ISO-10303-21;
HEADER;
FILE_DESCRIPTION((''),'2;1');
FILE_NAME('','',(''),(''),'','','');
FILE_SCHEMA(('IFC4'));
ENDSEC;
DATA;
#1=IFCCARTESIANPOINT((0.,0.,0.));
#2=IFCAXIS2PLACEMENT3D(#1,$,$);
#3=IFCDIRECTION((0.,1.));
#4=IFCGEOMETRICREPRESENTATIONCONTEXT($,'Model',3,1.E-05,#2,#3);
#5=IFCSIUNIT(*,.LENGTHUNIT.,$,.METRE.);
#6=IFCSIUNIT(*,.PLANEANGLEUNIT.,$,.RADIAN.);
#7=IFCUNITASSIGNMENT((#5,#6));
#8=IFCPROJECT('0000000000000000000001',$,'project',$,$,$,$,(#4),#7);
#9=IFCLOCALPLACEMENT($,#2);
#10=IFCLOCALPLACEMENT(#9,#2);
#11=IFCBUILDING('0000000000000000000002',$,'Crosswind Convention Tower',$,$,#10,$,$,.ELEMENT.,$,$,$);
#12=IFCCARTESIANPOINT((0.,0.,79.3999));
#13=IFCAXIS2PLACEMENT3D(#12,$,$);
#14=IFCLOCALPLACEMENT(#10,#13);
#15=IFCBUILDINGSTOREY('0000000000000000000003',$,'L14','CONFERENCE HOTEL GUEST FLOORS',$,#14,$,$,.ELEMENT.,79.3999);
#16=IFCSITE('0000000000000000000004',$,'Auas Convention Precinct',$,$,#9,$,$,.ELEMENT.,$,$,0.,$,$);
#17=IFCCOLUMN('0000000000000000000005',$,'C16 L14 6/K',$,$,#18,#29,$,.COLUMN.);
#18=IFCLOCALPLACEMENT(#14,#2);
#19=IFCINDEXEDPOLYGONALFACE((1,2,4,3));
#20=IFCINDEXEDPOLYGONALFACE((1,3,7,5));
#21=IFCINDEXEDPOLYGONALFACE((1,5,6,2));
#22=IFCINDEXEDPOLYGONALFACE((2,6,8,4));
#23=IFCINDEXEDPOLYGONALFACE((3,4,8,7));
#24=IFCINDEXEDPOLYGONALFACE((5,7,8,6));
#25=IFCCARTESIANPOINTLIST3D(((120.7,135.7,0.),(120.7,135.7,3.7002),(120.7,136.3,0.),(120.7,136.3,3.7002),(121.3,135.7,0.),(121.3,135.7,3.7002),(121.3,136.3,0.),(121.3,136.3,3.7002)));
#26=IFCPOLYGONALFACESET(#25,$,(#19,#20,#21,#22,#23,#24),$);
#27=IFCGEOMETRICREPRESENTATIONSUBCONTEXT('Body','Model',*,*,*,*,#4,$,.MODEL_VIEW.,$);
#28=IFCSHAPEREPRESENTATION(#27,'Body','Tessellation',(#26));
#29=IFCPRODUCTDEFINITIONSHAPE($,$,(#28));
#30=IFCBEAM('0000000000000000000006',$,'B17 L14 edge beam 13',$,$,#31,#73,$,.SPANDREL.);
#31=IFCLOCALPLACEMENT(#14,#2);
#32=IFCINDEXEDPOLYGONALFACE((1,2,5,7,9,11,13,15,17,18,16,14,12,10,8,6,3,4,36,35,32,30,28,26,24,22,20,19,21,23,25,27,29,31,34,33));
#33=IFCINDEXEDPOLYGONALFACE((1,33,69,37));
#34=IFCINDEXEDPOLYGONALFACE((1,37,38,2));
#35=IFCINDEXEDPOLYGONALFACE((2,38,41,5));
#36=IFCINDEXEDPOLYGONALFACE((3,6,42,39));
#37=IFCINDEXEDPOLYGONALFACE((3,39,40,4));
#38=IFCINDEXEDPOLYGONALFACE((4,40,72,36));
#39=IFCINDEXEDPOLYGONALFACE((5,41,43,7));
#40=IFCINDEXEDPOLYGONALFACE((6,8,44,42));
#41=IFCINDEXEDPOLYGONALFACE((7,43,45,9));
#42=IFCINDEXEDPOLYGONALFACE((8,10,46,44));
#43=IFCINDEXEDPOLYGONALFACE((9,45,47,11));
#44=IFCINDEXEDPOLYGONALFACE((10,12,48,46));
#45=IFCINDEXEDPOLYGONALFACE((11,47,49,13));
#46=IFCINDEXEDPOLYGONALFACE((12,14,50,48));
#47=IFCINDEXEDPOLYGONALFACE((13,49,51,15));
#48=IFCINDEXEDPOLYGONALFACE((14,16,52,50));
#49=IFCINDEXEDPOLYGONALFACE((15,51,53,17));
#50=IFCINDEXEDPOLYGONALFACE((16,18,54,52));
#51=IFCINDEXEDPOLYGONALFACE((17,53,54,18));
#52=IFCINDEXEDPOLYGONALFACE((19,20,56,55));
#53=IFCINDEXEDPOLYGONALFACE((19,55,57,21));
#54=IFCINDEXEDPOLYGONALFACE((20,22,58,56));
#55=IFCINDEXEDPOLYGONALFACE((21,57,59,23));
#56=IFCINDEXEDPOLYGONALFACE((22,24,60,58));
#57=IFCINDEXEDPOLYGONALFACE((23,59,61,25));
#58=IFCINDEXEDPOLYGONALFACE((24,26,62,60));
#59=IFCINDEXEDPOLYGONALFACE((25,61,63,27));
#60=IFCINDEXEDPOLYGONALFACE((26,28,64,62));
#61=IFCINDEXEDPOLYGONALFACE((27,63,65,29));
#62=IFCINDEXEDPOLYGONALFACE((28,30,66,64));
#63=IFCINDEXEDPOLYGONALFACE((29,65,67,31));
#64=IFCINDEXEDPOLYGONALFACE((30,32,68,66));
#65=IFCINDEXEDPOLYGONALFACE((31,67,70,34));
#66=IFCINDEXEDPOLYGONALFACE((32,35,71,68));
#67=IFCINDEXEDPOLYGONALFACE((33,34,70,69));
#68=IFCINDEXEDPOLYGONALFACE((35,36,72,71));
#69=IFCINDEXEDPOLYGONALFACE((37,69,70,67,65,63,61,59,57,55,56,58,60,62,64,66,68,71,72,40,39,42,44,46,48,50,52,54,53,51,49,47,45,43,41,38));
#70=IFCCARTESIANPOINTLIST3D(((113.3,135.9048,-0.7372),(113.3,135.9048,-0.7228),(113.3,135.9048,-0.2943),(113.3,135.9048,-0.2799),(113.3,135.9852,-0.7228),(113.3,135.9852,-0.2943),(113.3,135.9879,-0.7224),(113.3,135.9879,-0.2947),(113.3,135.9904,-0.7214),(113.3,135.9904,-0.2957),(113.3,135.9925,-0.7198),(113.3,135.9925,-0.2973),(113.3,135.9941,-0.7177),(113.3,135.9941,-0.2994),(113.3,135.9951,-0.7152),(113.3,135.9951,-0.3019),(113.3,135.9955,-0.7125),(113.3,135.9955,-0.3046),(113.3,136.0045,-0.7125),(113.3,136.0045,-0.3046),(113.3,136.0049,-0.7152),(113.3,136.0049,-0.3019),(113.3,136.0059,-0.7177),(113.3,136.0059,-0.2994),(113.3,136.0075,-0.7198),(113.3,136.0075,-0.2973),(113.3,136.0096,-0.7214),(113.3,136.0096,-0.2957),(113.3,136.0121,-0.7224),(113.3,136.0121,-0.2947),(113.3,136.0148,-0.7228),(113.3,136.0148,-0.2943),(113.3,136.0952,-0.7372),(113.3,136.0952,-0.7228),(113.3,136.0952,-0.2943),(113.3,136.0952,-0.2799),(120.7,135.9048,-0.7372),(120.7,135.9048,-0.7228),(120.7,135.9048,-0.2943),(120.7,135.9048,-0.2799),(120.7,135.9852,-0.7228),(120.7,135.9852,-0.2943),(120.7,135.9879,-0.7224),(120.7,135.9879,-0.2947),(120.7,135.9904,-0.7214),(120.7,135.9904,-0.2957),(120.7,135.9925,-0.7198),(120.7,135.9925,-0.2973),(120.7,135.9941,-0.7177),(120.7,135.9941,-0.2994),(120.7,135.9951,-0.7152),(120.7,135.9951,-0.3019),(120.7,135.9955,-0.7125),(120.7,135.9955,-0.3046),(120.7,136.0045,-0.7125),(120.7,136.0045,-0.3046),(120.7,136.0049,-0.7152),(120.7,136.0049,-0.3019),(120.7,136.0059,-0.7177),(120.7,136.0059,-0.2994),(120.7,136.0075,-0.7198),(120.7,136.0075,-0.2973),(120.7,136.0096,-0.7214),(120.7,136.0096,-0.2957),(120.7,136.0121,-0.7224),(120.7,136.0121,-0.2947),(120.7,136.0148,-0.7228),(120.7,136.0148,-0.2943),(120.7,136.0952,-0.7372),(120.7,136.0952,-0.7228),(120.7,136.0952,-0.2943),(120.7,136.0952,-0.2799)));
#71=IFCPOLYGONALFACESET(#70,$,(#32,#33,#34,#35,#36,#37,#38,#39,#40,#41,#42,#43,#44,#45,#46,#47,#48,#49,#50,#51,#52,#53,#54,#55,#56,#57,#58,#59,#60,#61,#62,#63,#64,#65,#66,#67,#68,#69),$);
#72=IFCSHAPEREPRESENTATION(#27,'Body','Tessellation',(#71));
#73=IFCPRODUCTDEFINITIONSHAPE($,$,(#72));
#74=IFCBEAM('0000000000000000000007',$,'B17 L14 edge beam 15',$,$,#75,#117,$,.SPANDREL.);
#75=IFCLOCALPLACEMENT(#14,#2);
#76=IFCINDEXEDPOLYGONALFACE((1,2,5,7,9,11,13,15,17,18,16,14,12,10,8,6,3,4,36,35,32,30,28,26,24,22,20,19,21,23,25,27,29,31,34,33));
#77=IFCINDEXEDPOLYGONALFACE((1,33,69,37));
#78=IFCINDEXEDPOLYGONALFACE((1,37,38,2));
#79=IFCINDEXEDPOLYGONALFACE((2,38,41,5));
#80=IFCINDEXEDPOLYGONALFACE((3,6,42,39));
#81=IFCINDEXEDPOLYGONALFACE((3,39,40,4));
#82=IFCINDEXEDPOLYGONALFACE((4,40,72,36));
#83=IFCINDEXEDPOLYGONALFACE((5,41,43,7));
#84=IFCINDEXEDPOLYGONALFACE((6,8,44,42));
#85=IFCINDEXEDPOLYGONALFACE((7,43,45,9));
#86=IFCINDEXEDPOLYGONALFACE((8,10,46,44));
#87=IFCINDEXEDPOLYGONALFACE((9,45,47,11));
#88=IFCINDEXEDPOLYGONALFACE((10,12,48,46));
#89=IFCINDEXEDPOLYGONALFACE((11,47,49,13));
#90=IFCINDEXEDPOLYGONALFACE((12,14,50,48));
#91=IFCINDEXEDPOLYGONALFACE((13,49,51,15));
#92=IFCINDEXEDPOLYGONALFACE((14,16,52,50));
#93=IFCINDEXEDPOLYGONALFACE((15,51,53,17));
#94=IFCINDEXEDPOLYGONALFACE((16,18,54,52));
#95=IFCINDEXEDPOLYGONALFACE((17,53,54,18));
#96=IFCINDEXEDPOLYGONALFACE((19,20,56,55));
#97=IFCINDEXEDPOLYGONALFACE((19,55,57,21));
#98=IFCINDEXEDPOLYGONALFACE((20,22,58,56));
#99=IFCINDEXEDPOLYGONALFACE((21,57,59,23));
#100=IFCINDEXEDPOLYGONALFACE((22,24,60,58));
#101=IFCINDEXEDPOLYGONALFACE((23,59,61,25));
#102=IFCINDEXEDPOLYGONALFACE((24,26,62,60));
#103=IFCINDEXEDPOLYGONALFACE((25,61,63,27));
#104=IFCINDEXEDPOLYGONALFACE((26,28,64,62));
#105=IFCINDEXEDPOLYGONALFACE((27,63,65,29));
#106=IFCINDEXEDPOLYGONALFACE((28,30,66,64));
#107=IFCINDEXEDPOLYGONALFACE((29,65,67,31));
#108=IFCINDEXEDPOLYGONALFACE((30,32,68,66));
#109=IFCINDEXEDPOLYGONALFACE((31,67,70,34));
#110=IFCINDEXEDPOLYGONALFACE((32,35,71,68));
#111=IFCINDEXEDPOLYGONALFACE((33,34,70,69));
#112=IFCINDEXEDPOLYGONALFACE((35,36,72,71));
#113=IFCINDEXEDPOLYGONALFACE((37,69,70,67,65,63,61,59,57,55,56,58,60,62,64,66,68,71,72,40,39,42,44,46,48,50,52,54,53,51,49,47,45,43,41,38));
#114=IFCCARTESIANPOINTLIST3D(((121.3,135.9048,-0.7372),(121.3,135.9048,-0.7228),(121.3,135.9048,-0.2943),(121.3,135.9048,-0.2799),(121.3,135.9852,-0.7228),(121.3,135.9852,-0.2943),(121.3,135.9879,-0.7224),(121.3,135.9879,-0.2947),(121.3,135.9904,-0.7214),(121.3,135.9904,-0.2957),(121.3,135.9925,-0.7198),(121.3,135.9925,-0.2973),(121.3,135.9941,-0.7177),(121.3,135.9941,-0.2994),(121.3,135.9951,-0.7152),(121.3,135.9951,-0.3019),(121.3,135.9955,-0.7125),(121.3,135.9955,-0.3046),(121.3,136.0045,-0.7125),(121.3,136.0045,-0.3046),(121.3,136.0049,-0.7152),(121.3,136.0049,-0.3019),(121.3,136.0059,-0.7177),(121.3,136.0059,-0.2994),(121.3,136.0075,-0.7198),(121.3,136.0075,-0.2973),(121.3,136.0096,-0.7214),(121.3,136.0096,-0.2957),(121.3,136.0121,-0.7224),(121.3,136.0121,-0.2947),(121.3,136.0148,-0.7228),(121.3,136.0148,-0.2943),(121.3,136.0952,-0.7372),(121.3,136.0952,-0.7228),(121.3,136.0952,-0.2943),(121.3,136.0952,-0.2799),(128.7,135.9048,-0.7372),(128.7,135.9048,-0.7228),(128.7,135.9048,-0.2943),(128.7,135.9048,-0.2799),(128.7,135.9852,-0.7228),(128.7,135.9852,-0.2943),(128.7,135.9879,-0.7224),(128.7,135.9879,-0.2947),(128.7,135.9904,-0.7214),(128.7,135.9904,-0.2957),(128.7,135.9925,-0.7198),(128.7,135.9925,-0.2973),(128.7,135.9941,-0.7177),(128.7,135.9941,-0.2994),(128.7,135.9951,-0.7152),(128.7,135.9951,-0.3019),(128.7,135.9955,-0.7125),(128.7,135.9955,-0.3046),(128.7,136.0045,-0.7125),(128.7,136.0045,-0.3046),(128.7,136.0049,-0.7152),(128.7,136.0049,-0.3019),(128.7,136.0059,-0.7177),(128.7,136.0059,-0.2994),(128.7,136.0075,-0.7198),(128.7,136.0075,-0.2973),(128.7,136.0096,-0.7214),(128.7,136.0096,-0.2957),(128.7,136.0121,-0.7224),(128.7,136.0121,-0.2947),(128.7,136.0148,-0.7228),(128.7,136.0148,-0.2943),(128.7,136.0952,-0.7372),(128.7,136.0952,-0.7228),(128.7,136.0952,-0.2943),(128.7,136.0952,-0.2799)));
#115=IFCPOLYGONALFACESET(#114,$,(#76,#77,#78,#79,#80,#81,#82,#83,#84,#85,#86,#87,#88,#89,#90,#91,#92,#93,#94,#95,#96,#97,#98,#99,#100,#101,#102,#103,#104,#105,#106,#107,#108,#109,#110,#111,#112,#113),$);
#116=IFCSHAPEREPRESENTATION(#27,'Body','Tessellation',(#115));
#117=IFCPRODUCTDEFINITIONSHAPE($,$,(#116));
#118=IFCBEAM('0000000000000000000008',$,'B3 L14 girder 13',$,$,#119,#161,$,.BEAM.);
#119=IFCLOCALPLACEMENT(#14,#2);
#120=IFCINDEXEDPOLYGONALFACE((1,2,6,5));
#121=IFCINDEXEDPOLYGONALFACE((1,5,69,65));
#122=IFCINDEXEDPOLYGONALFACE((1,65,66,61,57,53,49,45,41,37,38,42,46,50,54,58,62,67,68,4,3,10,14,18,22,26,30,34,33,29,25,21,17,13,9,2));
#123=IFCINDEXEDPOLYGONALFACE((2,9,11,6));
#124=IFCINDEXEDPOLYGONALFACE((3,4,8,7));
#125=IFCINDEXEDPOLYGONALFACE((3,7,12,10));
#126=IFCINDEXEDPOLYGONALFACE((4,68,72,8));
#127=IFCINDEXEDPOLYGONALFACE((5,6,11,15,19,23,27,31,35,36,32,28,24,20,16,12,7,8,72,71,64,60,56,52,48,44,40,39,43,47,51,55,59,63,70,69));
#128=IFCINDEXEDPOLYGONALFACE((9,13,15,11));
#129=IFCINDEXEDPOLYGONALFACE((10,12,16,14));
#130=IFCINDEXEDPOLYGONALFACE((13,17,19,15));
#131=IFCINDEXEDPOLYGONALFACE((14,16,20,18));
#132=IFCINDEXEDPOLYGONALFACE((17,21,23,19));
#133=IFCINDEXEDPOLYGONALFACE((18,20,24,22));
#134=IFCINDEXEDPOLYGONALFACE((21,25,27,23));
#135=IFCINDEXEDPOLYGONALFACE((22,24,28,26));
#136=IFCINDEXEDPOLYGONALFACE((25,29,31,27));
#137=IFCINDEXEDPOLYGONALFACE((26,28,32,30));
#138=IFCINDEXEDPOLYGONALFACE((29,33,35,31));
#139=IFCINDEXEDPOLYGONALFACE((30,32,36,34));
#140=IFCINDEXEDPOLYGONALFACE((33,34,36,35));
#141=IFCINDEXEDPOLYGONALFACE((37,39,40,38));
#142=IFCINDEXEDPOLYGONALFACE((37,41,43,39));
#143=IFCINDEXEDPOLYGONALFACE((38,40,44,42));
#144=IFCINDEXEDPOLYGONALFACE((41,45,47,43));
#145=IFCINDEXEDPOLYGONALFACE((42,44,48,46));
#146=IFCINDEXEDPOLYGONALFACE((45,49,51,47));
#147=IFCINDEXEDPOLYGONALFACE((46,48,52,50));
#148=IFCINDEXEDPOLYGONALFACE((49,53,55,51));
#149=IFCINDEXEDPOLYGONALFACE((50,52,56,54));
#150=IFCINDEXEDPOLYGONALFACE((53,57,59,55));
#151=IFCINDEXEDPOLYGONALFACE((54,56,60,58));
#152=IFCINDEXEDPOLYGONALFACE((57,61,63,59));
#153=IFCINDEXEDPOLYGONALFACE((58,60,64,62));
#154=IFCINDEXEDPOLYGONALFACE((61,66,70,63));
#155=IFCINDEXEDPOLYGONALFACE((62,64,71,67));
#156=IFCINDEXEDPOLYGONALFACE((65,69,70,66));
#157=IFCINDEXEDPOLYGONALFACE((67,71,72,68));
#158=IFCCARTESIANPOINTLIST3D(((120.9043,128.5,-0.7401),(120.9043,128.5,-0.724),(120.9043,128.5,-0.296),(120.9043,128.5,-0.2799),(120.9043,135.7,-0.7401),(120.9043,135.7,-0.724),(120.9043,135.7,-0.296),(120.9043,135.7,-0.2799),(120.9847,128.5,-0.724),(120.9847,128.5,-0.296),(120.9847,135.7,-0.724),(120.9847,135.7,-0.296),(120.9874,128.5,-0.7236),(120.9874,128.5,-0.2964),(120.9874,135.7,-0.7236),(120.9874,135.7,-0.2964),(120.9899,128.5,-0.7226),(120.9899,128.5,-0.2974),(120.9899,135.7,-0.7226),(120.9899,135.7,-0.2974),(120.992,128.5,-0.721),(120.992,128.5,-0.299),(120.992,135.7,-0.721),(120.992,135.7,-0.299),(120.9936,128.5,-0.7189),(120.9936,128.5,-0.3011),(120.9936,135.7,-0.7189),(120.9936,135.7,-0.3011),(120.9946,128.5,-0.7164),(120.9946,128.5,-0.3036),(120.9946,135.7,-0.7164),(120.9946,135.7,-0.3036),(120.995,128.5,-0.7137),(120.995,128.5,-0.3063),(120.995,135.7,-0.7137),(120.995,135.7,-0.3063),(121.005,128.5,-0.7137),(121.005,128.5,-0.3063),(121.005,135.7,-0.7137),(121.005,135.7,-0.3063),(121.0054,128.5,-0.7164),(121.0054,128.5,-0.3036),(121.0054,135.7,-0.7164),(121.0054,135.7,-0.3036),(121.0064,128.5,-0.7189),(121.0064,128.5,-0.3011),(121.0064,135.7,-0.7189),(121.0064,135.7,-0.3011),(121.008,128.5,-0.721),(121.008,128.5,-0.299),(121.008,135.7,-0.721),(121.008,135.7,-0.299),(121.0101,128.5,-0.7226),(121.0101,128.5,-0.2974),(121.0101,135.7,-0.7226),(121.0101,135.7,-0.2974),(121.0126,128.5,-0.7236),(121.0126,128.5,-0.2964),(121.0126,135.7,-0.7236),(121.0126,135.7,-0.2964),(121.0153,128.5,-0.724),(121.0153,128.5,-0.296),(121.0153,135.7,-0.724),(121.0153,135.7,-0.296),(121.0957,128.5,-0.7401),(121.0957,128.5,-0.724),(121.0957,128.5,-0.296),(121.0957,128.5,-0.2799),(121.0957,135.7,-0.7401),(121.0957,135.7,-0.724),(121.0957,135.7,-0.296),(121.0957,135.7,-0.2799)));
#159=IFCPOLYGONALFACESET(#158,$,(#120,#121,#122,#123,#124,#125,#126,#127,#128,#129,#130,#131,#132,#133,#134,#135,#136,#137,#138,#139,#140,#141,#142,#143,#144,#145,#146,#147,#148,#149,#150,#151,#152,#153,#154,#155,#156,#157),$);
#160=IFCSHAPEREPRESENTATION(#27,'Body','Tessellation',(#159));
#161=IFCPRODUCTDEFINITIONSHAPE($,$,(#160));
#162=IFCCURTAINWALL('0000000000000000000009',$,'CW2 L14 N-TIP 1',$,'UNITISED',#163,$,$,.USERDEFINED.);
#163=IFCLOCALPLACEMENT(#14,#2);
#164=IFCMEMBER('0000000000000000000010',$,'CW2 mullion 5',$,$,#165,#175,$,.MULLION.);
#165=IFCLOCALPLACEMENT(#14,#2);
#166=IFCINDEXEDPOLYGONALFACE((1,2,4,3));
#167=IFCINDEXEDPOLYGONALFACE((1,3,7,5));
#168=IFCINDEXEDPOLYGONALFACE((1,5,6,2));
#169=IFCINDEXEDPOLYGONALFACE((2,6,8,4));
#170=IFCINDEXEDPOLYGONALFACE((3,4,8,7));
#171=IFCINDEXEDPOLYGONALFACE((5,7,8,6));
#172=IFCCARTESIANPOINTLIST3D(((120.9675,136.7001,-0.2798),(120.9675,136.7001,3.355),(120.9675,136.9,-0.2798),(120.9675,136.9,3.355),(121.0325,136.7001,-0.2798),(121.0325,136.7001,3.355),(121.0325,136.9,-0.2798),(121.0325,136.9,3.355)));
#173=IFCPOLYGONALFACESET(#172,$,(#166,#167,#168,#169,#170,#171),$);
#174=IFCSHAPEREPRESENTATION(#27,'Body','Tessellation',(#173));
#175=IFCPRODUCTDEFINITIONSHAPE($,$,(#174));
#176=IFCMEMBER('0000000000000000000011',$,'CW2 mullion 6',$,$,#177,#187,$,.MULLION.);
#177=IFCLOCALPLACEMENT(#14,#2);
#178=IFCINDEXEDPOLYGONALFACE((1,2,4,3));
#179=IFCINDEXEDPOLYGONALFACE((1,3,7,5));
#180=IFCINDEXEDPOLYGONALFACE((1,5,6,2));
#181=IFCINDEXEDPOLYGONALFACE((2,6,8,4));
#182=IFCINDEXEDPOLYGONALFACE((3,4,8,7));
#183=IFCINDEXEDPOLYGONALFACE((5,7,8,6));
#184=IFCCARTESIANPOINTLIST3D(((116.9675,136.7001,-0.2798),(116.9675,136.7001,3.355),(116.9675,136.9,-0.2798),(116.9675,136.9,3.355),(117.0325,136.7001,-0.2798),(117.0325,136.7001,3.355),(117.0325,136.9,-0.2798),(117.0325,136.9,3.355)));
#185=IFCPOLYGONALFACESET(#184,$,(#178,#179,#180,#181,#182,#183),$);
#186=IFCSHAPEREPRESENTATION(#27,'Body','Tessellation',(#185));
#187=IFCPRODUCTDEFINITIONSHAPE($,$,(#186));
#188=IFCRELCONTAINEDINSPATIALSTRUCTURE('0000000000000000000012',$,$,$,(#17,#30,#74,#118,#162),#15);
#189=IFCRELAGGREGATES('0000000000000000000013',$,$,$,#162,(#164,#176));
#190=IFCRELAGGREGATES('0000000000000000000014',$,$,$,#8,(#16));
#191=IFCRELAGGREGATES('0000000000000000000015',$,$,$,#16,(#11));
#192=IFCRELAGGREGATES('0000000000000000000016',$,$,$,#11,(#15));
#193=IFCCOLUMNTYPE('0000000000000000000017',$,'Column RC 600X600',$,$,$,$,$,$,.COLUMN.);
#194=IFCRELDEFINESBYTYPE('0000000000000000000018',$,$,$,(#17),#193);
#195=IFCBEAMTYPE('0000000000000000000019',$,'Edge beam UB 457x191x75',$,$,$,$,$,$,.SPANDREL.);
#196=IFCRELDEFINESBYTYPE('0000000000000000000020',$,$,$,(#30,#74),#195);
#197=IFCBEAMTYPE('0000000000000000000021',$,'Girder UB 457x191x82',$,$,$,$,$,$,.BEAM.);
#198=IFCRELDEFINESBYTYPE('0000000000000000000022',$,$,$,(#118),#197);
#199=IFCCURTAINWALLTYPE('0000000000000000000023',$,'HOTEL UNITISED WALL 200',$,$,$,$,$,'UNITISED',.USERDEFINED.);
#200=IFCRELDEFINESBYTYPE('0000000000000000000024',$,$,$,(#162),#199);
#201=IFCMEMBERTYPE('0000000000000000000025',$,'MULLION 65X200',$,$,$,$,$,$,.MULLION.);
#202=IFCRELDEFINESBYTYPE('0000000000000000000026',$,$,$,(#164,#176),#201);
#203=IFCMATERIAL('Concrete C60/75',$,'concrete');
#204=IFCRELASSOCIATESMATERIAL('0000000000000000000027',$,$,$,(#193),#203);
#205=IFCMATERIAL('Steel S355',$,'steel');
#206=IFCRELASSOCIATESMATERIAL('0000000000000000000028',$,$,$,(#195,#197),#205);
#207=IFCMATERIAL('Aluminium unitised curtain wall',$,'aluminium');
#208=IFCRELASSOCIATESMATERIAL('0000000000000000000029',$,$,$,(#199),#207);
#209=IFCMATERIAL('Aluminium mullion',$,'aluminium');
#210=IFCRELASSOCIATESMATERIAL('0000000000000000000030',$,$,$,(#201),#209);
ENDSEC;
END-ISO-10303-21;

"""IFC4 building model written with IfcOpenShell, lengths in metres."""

from ifc_helpers import new_model, si_unit, direction, frame, origin, origin_2d, place, context, subcontext, project, spatial, rectangle, i_section, extrude, material, material_profile, profile_set, type_object, element, aggregate, save


model = new_model("IFC4")

# Units and contexts
model_context = context("Model", 3, precision=1e-05, world=origin(), true_north=direction((0.0, 1.0)))
body_context = subcontext(model_context, "Body", "Model", "MODEL_VIEW")
ifc_project = project(units=[si_unit("LENGTHUNIT", "METRE"), si_unit("PLANEANGLEUNIT", "RADIAN")], contexts=[model_context])

# Site, building, storey
site_placement = place(None, origin())
site = spatial("IfcSite", under=ifc_project, at=site_placement, Name="Auas Convention Precinct", CompositionType="ELEMENT", RefElevation=0.0)
building_placement = place(site_placement, origin())
building = spatial("IfcBuilding", under=site, at=building_placement, Name="Crosswind Convention Tower", CompositionType="ELEMENT")
storey_placement = place(building_placement, frame((0.0, 0.0, 79.3999)))
storey = spatial("IfcBuildingStorey", under=building, at=storey_placement, Name="L14", Description="CONFERENCE HOTEL GUEST FLOORS", CompositionType="ELEMENT", Elevation=79.3999)

# Column
ifc_material_1 = material(Name="Concrete C60/75", Category="concrete")
ifc_material_profile_1 = material_profile(ifc_material_1, rectangle(XDim=0.6001, YDim=0.6001, at=origin_2d()), Name="RC 600X600")
ifc_profile_set_1 = profile_set([ifc_material_profile_1], Name="Concrete C60/75")
column_type = type_object("IfcColumnType", Name="Column RC 600X600", PredefinedType="COLUMN", material=ifc_profile_set_1)
column_placement = place(storey_placement, frame((121.0, 136.0, 0.0), z_axis=(0.0, 0.0, 1.0), x_axis=(1.0, 0.0, 0.0)))
element("IfcColumn", 1, at=column_placement, inside=storey, type_object=column_type, Name="C16 L14 6/K", PredefinedType="COLUMN", context=body_context, shape_type="SweptSolid", body=[
    extrude(rectangle(XDim=0.6001, YDim=0.6001, at=origin_2d()), origin(), (0.0, 0.0, 1.0), 3.7002),
])

# Beams
ifc_material_2 = material(Name="Steel S355", Category="steel")
ifc_material_profile_2 = material_profile(ifc_material_2, i_section(OverallWidth=0.1904, OverallDepth=0.4573, WebThickness=0.009, FlangeThickness=0.0144, FilletRadius=0.0103, at=origin_2d()), Name="UB 457x191x75")
ifc_profile_set_2 = profile_set([ifc_material_profile_2], Name="Steel S355")
beam_type_1 = type_object("IfcBeamType", Name="Edge beam UB 457x191x75", PredefinedType="SPANDREL", material=ifc_profile_set_2)
for number, where, z_axis, x_axis, name in (
    (2, (113.3, 136.0, -0.5085), (1.0, 0.0, 0.0), (0.0, 1.0, 0.0), "B17 L14 edge beam 13"),
    (3, (121.3, 136.0, -0.5085), (1.0, 0.0, 0.0), (0.0, 1.0, 0.0), "B17 L14 edge beam 15"),
):
    element("IfcBeam", number, at=place(storey_placement, frame(where, z_axis=z_axis, x_axis=x_axis)), inside=storey, type_object=beam_type_1, Name=name, PredefinedType="SPANDREL", context=body_context, shape_type="SweptSolid", body=[
        extrude(i_section(OverallWidth=0.1904, OverallDepth=0.4573, WebThickness=0.009, FlangeThickness=0.0144, FilletRadius=0.0103, at=origin_2d()), origin(), (0.0, 0.0, 1.0), 7.3999),
    ])
ifc_material_profile_3 = material_profile(ifc_material_2, i_section(OverallWidth=0.1914, OverallDepth=0.4602, WebThickness=0.01, FlangeThickness=0.0161, FilletRadius=0.0103, at=origin_2d()), Name="UB 457x191x82")
ifc_profile_set_3 = profile_set([ifc_material_profile_3], Name="Steel S355")
beam_type_2 = type_object("IfcBeamType", Name="Girder UB 457x191x82", PredefinedType="BEAM", material=ifc_profile_set_3)
beam_1_placement = place(storey_placement, frame((121.0, 128.5, -0.51), z_axis=(0.0, 1.0, 0.0), x_axis=(-1.0, 0.0, 0.0)))
element("IfcBeam", 4, at=beam_1_placement, inside=storey, type_object=beam_type_2, Name="B3 L14 girder 13", PredefinedType="BEAM", context=body_context, shape_type="SweptSolid", body=[
    extrude(i_section(OverallWidth=0.1914, OverallDepth=0.4602, WebThickness=0.01, FlangeThickness=0.0161, FilletRadius=0.0103, at=origin_2d()), origin(), (0.0, 0.0, 1.0), 7.2),
])

# Curtain wall, members
ifc_material_3 = material(Name="Aluminium unitised curtain wall", Category="aluminium")
curtain_wall_type = type_object("IfcCurtainWallType", Name="HOTEL UNITISED WALL 200", ElementType="UNITISED", PredefinedType="USERDEFINED", material=ifc_material_3)
curtain_wall_placement = place(storey_placement, origin())
curtain_wall = element("IfcCurtainWall", 5, at=curtain_wall_placement, inside=storey, type_object=curtain_wall_type, Name="CW2 L14 N-TIP 1", ObjectType="UNITISED", PredefinedType="USERDEFINED")
ifc_material_4 = material(Name="Aluminium mullion", Category="aluminium")
ifc_material_profile_4 = material_profile(ifc_material_4, rectangle(XDim=0.2, YDim=0.0649, at=origin_2d()), Name="AL 200X65")
ifc_profile_set_4 = profile_set([ifc_material_profile_4], Name="Aluminium mullion")
member_type = type_object("IfcMemberType", Name="MULLION 65X200", PredefinedType="MULLION", material=ifc_profile_set_4)
member_1_placement = place(storey_placement, frame((121.0, 136.8, -0.2798), z_axis=(0.0, 0.0, 1.0), x_axis=(0.0, 1.0, 0.0)))
member_1 = element("IfcMember", 6, at=member_1_placement, type_object=member_type, Name="CW2 mullion 5", PredefinedType="MULLION", context=body_context, shape_type="SweptSolid", body=[
    extrude(rectangle(XDim=0.2, YDim=0.0649, at=origin_2d()), origin(), (0.0, 0.0, 1.0), 3.6348),
])
member_2_placement = place(storey_placement, frame((117.0, 136.8, -0.2798), z_axis=(0.0, 0.0, 1.0), x_axis=(0.0, 1.0, 0.0)))
member_2 = element("IfcMember", 7, at=member_2_placement, type_object=member_type, Name="CW2 mullion 6", PredefinedType="MULLION", context=body_context, shape_type="SweptSolid", body=[
    extrude(rectangle(XDim=0.2, YDim=0.0649, at=origin_2d()), origin(), (0.0, 0.0, 1.0), 3.6348),
])

aggregate(curtain_wall, [member_1, member_2])

save(model, "model.ifc")
